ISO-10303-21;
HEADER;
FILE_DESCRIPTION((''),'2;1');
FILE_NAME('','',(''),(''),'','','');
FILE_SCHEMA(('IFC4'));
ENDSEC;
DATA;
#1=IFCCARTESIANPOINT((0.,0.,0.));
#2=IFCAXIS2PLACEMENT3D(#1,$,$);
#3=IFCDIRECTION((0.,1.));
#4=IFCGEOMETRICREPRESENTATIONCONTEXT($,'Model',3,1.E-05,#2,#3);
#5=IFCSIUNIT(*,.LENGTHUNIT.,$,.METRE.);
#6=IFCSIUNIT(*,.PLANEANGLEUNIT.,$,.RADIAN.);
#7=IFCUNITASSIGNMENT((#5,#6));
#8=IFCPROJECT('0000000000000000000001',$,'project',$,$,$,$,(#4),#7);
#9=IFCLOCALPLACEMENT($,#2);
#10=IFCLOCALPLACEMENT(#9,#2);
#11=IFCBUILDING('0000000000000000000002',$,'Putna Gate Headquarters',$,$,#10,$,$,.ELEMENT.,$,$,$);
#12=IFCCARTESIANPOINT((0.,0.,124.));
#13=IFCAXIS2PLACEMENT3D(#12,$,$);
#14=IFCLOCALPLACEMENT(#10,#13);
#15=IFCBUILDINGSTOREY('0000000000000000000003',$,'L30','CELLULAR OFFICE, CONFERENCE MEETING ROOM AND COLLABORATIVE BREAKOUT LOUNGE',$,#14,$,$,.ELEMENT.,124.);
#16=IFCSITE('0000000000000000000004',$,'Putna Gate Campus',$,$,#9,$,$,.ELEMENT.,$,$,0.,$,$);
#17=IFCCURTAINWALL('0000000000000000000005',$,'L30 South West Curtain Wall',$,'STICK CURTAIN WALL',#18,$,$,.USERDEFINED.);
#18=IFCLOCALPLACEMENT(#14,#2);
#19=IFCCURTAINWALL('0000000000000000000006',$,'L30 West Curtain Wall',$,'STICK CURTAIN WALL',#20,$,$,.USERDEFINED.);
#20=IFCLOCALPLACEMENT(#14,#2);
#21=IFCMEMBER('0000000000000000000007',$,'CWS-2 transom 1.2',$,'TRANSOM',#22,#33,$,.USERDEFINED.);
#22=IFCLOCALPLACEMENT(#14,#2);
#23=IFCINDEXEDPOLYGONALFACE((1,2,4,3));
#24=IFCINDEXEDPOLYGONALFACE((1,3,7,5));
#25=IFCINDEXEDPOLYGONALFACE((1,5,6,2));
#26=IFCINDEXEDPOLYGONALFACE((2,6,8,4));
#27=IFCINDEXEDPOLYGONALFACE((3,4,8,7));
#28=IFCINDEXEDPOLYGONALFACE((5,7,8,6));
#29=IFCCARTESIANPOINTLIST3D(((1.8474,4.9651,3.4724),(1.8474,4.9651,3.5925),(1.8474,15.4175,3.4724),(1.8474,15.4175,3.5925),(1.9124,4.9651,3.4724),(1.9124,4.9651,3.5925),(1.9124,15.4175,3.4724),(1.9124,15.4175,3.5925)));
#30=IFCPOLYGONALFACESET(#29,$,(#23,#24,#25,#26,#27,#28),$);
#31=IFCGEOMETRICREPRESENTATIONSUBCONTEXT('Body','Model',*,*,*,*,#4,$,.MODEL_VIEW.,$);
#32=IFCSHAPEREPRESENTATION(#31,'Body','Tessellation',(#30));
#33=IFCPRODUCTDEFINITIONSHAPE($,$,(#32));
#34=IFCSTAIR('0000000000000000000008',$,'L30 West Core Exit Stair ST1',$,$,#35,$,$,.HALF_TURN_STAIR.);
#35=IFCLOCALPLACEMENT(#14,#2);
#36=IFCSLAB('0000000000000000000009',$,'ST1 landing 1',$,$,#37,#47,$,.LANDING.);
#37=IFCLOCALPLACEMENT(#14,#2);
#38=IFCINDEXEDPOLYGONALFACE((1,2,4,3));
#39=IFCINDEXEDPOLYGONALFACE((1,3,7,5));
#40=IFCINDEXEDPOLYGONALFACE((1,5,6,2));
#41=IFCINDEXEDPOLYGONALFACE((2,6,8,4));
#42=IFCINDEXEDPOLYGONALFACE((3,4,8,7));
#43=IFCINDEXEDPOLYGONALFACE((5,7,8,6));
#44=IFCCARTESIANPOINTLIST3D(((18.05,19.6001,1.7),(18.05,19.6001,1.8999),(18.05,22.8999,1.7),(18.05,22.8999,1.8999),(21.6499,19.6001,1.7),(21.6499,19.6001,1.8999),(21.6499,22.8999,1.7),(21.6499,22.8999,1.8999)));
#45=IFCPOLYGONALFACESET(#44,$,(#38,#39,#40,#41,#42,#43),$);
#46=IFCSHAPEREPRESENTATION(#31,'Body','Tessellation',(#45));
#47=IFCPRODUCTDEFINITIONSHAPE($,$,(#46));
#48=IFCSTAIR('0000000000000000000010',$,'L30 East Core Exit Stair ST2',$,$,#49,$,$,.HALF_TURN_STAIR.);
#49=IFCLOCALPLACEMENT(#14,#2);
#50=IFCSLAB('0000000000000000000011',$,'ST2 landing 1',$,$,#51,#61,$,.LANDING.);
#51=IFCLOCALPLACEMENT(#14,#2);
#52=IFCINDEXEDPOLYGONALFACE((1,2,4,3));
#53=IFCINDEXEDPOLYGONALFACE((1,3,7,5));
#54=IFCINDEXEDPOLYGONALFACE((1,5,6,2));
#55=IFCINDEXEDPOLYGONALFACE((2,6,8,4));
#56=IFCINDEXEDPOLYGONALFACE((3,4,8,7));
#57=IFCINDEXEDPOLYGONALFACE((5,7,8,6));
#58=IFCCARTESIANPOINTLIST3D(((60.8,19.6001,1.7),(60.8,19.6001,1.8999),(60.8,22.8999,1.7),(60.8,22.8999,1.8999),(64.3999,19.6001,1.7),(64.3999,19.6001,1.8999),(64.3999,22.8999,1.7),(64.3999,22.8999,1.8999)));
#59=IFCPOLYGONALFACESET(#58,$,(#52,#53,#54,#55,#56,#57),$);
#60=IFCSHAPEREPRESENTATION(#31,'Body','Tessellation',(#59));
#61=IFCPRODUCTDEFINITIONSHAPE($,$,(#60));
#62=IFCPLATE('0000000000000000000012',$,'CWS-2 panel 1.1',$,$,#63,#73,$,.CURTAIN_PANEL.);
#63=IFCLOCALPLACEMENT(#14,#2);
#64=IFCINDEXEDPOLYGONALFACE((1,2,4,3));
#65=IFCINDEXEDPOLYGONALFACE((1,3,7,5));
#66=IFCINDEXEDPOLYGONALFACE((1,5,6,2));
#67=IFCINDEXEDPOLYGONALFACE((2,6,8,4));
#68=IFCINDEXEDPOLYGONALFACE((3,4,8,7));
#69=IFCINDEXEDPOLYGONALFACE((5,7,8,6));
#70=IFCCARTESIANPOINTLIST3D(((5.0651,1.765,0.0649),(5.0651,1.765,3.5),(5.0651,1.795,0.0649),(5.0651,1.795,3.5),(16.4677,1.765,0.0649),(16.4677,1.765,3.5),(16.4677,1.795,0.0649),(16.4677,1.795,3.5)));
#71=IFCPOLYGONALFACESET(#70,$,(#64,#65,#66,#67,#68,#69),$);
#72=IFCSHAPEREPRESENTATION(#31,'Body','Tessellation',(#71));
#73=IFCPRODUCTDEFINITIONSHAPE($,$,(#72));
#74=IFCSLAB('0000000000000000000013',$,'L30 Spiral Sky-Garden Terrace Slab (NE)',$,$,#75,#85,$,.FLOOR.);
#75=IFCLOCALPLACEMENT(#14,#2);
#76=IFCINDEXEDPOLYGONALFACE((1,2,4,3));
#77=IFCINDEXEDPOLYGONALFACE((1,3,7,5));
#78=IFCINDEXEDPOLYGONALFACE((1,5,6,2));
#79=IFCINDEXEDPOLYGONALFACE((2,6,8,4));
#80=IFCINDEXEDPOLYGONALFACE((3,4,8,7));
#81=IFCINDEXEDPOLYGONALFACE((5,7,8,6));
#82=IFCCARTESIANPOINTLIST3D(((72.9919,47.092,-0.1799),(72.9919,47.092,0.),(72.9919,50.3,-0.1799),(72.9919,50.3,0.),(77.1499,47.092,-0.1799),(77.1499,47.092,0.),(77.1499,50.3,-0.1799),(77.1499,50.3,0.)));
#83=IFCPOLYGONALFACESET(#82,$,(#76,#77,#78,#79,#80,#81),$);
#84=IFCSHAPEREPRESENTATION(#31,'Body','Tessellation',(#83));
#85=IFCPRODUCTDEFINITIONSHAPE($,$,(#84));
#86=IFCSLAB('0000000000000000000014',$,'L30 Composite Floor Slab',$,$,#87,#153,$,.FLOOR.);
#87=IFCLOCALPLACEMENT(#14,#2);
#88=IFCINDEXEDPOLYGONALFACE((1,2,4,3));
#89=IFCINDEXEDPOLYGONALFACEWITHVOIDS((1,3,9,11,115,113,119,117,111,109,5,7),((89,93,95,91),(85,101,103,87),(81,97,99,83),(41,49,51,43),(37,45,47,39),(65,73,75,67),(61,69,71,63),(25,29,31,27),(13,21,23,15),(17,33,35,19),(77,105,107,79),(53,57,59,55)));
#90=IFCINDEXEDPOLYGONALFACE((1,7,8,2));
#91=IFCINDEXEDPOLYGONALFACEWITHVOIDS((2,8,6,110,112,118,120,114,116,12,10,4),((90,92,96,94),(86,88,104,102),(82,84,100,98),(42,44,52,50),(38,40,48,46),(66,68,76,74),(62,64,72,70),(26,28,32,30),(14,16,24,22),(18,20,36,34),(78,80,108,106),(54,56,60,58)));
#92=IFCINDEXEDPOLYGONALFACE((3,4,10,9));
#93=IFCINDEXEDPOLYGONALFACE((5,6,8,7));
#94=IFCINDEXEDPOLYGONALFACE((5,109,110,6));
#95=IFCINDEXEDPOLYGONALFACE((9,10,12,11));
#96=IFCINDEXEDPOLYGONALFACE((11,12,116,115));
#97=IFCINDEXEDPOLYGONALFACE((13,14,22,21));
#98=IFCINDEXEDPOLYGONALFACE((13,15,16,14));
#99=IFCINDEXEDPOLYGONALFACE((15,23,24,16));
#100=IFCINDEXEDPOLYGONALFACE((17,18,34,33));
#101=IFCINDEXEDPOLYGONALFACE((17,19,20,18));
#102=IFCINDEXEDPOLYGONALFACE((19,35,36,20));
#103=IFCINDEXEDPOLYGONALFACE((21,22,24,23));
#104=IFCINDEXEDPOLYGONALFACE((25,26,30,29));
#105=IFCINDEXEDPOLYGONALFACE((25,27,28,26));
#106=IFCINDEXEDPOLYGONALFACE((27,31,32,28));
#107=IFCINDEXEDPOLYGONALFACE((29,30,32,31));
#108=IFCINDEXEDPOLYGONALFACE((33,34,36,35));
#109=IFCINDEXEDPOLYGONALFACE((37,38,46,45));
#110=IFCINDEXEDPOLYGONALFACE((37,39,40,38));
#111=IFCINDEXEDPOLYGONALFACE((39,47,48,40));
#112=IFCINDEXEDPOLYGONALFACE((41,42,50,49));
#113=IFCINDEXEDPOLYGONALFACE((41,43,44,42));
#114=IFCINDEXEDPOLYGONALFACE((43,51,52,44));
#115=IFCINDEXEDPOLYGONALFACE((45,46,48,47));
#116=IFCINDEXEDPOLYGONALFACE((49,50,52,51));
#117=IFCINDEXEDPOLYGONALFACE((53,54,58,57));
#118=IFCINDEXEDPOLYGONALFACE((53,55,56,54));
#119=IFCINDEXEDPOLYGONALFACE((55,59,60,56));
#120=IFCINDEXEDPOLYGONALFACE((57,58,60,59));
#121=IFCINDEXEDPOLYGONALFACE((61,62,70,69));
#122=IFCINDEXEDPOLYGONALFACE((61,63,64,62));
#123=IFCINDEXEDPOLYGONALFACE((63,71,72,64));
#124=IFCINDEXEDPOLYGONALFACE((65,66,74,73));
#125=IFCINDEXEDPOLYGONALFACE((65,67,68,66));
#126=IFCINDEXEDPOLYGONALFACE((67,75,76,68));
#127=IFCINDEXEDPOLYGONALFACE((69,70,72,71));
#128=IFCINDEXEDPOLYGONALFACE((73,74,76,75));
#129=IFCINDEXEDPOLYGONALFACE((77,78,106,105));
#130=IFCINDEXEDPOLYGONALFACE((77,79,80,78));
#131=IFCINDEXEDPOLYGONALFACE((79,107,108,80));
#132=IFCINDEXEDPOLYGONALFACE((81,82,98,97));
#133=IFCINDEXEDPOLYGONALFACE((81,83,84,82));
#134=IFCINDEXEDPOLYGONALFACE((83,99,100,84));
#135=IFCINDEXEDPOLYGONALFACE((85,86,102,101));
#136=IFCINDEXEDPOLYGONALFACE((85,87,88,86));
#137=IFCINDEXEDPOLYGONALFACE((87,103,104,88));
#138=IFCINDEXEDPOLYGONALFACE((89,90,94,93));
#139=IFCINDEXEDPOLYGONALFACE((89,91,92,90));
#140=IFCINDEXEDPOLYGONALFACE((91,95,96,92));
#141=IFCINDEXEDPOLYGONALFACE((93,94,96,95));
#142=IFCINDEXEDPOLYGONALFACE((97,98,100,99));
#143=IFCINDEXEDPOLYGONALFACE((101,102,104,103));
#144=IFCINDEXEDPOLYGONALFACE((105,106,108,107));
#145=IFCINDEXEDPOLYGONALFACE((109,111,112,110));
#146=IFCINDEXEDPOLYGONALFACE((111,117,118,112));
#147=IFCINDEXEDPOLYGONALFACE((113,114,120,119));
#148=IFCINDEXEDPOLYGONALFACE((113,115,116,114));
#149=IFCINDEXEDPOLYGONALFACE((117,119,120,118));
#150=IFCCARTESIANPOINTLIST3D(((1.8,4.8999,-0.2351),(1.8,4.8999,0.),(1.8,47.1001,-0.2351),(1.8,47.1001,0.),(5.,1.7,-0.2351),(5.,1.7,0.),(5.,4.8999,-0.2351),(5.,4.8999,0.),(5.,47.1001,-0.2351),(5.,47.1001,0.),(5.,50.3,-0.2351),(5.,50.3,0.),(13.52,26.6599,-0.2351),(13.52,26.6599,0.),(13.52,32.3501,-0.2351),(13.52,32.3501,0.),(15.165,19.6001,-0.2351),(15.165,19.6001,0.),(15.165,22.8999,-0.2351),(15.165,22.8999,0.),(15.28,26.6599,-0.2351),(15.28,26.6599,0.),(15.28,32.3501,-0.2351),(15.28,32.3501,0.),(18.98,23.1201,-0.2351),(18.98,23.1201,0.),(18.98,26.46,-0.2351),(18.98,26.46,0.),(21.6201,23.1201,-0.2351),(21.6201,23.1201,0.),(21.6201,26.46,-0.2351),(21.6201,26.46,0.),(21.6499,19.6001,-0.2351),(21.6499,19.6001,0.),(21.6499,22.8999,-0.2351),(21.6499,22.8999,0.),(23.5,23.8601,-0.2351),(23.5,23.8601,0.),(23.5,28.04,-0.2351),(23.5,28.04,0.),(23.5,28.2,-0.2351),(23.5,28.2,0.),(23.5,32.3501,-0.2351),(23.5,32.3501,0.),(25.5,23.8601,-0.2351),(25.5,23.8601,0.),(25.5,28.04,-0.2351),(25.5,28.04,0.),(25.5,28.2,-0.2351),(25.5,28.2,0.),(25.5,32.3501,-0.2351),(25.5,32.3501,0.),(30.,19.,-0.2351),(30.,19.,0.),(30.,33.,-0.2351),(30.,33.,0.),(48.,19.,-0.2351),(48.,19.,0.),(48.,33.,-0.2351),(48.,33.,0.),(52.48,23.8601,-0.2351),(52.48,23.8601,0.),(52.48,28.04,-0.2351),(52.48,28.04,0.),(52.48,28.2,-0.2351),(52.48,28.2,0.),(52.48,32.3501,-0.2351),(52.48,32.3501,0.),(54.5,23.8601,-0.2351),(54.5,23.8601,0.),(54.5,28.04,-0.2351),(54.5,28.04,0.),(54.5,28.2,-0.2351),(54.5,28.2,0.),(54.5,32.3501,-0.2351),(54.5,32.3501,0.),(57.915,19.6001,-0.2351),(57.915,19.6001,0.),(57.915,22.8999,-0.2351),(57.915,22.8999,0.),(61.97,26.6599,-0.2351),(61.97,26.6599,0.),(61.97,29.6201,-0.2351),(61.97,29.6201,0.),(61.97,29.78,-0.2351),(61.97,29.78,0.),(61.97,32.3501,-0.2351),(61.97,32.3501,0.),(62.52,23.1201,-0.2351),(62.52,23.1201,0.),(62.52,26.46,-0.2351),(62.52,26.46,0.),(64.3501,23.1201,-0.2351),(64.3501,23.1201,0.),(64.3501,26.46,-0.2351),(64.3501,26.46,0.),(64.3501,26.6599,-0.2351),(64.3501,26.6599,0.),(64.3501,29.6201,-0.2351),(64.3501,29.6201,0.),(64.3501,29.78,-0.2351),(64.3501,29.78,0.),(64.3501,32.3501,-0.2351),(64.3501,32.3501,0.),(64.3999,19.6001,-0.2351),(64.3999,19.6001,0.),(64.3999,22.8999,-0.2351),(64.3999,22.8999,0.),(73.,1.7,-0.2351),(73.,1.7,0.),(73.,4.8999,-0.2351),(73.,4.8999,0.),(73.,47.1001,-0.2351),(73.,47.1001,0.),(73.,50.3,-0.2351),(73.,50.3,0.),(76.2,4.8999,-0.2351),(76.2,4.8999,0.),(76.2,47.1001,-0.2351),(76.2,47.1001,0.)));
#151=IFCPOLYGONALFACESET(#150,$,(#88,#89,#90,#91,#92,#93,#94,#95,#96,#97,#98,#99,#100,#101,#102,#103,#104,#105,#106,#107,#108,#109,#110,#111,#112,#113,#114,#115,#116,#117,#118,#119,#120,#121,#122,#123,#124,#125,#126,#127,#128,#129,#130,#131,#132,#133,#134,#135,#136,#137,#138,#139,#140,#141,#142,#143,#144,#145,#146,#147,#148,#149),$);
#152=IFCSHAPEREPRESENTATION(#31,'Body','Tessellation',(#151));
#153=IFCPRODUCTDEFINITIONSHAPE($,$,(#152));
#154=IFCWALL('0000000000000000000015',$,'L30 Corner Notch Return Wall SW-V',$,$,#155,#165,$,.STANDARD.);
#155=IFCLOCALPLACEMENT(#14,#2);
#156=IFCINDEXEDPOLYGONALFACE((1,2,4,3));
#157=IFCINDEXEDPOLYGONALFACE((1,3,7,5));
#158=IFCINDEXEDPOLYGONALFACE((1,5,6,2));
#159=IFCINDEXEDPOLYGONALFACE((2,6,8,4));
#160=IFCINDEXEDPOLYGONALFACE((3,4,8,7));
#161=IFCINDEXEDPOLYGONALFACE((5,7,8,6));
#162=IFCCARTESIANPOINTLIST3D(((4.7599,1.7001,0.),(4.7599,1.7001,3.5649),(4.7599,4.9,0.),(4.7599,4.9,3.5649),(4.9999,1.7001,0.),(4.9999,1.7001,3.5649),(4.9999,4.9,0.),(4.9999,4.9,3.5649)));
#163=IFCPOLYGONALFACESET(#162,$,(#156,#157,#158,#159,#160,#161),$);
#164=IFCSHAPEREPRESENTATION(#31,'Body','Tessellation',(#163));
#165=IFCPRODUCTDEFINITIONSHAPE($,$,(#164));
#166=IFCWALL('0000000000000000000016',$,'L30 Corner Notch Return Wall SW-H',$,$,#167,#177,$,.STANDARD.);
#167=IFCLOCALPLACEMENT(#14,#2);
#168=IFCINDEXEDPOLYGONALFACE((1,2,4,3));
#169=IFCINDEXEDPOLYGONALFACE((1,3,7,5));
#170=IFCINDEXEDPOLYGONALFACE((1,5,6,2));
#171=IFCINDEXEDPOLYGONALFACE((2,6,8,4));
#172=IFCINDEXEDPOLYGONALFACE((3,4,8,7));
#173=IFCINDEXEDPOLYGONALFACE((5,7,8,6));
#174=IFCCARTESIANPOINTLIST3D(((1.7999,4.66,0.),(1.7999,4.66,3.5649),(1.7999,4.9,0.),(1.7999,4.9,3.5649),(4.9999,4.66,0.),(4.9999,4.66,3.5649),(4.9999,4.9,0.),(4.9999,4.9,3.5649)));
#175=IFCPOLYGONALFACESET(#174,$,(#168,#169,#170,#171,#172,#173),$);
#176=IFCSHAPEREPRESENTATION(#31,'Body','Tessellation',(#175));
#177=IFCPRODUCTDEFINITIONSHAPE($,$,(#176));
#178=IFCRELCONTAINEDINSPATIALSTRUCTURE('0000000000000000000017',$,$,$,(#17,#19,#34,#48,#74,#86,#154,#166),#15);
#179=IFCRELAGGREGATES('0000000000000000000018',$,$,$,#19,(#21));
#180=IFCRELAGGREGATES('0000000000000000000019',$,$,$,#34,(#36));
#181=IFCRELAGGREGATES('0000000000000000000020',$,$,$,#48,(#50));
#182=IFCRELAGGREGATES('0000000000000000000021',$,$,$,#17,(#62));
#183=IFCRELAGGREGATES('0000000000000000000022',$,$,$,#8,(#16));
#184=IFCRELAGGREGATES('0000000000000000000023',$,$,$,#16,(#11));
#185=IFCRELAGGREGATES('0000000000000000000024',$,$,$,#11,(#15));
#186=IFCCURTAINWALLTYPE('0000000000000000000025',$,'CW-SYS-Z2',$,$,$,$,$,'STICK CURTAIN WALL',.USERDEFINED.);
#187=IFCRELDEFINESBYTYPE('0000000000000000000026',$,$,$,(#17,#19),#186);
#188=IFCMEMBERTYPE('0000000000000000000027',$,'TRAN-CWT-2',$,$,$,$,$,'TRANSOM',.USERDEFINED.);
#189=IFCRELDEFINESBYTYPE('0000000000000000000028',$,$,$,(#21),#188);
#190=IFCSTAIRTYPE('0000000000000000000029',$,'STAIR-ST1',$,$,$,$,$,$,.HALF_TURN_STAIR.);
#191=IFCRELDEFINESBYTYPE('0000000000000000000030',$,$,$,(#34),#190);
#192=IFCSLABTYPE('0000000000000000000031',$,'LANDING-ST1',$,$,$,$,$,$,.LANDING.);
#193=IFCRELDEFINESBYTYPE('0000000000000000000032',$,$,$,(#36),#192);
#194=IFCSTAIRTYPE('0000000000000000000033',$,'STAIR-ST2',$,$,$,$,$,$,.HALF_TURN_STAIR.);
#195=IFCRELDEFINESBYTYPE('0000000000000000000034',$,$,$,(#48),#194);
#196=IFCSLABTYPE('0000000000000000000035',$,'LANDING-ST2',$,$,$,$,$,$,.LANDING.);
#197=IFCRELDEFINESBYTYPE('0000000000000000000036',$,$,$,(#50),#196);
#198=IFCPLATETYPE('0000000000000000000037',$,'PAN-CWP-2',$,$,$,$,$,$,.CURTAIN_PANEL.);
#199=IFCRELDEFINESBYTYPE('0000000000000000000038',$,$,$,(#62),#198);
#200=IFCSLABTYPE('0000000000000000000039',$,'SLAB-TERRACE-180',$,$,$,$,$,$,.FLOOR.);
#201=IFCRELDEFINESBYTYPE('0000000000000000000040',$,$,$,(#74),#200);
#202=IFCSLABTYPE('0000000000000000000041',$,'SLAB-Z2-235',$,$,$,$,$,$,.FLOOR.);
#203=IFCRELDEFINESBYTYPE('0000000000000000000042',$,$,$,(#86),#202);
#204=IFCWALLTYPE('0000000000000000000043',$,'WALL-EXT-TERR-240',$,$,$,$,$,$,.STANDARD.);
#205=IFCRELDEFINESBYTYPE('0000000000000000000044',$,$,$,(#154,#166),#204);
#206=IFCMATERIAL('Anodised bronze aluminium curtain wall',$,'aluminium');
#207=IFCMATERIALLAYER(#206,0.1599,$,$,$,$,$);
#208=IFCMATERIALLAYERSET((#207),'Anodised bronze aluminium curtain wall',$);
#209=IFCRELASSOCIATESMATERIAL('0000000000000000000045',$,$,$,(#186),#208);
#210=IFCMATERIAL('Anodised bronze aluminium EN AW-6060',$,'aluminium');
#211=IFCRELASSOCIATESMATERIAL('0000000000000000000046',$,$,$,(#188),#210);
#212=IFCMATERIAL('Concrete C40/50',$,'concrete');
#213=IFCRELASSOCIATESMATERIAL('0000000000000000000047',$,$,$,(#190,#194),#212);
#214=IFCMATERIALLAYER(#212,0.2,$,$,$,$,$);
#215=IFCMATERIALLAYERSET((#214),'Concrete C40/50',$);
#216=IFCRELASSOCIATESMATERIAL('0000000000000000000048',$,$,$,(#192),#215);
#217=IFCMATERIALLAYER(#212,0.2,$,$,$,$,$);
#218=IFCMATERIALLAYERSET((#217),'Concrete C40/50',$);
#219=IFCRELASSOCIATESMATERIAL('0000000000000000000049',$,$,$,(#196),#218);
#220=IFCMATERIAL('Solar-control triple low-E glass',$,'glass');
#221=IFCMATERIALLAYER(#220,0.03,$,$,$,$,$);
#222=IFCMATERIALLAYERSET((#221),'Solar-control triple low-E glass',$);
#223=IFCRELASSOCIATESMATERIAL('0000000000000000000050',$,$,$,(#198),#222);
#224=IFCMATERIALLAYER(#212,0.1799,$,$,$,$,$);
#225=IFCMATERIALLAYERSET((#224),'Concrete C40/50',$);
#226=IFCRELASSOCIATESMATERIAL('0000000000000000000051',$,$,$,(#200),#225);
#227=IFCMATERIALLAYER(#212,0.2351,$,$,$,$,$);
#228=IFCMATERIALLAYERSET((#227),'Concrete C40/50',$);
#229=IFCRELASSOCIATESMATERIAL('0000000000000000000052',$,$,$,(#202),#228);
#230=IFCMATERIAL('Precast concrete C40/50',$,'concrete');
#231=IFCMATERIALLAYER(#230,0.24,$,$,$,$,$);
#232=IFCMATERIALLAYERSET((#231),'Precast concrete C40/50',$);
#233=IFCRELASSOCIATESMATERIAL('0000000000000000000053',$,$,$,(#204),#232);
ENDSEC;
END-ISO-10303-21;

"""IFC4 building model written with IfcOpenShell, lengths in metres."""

from ifc_helpers import new_model, si_unit, direction, frame, frame_2d, origin, origin_2d, place, context, subcontext, project, spatial, polyline, rectangle, outline, extrude, material, layer, layer_set, material_profile, profile_set, type_object, element, aggregate, save


model = new_model("IFC4")

# Units and contexts
model_context = context("Model", 3, precision=1e-05, world=origin(), true_north=direction((0.0, 1.0)))
body_context = subcontext(model_context, "Body", "Model", "MODEL_VIEW")
ifc_project = project(units=[si_unit("LENGTHUNIT", "METRE"), si_unit("PLANEANGLEUNIT", "RADIAN")], contexts=[model_context])

# Site, building, storey
site_placement = place(None, origin())
site = spatial("IfcSite", under=ifc_project, at=site_placement, Name="Putna Gate Campus", CompositionType="ELEMENT", RefElevation=0.0)
building_placement = place(site_placement, origin())
building = spatial("IfcBuilding", under=site, at=building_placement, Name="Putna Gate Headquarters", CompositionType="ELEMENT")
storey_placement = place(building_placement, frame((0.0, 0.0, 124.0)))
storey = spatial("IfcBuildingStorey", under=building, at=storey_placement, Name="L30", Description="CELLULAR OFFICE, CONFERENCE MEETING ROOM AND COLLABORATIVE BREAKOUT LOUNGE", CompositionType="ELEMENT", Elevation=124.0)

# Curtain walls
ifc_material_1 = material(Name="Anodised bronze aluminium curtain wall", Category="aluminium")
ifc_layer_1 = layer(ifc_material_1, 0.1599)
ifc_layer_set_1 = layer_set([ifc_layer_1], Name="Anodised bronze aluminium curtain wall")
curtain_wall_type = type_object("IfcCurtainWallType", Name="CW-SYS-Z2", ElementType="STICK CURTAIN WALL", PredefinedType="USERDEFINED", material=ifc_layer_set_1)
curtain_wall_1_placement = place(storey_placement, origin())
curtain_wall_1 = element("IfcCurtainWall", 1, at=curtain_wall_1_placement, inside=storey, type_object=curtain_wall_type, Name="L30 South West Curtain Wall", ObjectType="STICK CURTAIN WALL", PredefinedType="USERDEFINED")
ifc_material_2 = material(Name="Anodised bronze aluminium EN AW-6060", Category="aluminium")
curtain_wall_2_placement = place(storey_placement, origin())
curtain_wall_2 = element("IfcCurtainWall", 2, at=curtain_wall_2_placement, inside=storey, type_object=curtain_wall_type, Name="L30 West Curtain Wall", ObjectType="STICK CURTAIN WALL", PredefinedType="USERDEFINED")

# Member
ifc_material_profile_1 = material_profile(ifc_material_2, rectangle(XDim=0.0649, YDim=0.1201, at=origin_2d()), Name="Anodised bronze aluminium EN AW-6060")
ifc_profile_set_1 = profile_set([ifc_material_profile_1], Name="Anodised bronze aluminium EN AW-6060")
member_type_1 = type_object("IfcMemberType", Name="TRAN-CWT-2", ElementType="TRANSOM", PredefinedType="USERDEFINED", material=ifc_profile_set_1)
member_1_placement = place(storey_placement, frame((1.8799, 4.9651, 3.5325), z_axis=(0.0, 1.0, 0.0), x_axis=(-1.0, 0.0, 0.0)))
member_1 = element("IfcMember", 3, at=member_1_placement, type_object=member_type_1, Name="CWS-2 transom 1.2", ObjectType="TRANSOM", PredefinedType="USERDEFINED", context=body_context, shape_type="SweptSolid", body=[
    extrude(rectangle(XDim=0.0649, YDim=0.1201, at=origin_2d()), origin(), (0.0, 0.0, 1.0), 10.4524),
])
aggregate(curtain_wall_2, [member_1])

# Stairs, slabs
ifc_material_3 = material(Name="Concrete C40/50", Category="concrete")
stair_type_1 = type_object("IfcStairType", Name="STAIR-ST1", PredefinedType="HALF_TURN_STAIR", material=ifc_material_3)
stair_1_placement = place(storey_placement, origin())
stair_1 = element("IfcStair", 4, at=stair_1_placement, inside=storey, type_object=stair_type_1, Name="L30 West Core Exit Stair ST1", PredefinedType="HALF_TURN_STAIR")
ifc_layer_2 = layer(ifc_material_3, 0.2)
ifc_layer_set_2 = layer_set([ifc_layer_2], Name="Concrete C40/50")
slab_type_1 = type_object("IfcSlabType", Name="LANDING-ST1", PredefinedType="LANDING", material=ifc_layer_set_2)
slab_1_placement = place(storey_placement, frame((0.0, 0.0, 1.7)))
slab_1 = element("IfcSlab", 5, at=slab_1_placement, type_object=slab_type_1, Name="ST1 landing 1", PredefinedType="LANDING", context=body_context, shape_type="SweptSolid", body=[
    extrude(outline(polyline([(18.05, 19.6001), (21.6499, 19.6001), (21.6499, 22.8999), (18.05, 22.8999), (18.05, 19.6001)])), origin(), (0.0, 0.0, 1.0), 0.2),
])
aggregate(stair_1, [slab_1])
stair_type_2 = type_object("IfcStairType", Name="STAIR-ST2", PredefinedType="HALF_TURN_STAIR", material=ifc_material_3)
stair_2_placement = place(storey_placement, origin())
stair_2 = element("IfcStair", 6, at=stair_2_placement, inside=storey, type_object=stair_type_2, Name="L30 East Core Exit Stair ST2", PredefinedType="HALF_TURN_STAIR")
ifc_layer_3 = layer(ifc_material_3, 0.2)
ifc_layer_set_3 = layer_set([ifc_layer_3], Name="Concrete C40/50")
slab_type_2 = type_object("IfcSlabType", Name="LANDING-ST2", PredefinedType="LANDING", material=ifc_layer_set_3)
slab_2_placement = place(storey_placement, frame((0.0, 0.0, 1.7)))
slab_2 = element("IfcSlab", 7, at=slab_2_placement, type_object=slab_type_2, Name="ST2 landing 1", PredefinedType="LANDING", context=body_context, shape_type="SweptSolid", body=[
    extrude(outline(polyline([(60.8, 19.6001), (64.3999, 19.6001), (64.3999, 22.8999), (60.8, 22.8999), (60.8, 19.6001)])), origin(), (0.0, 0.0, 1.0), 0.2),
])
aggregate(stair_2, [slab_2])

# Plate
ifc_material_4 = material(Name="Solar-control triple low-E glass", Category="glass")
ifc_layer_4 = layer(ifc_material_4, 0.03)
ifc_layer_set_4 = layer_set([ifc_layer_4], Name="Solar-control triple low-E glass")
plate_type = type_object("IfcPlateType", Name="PAN-CWP-2", PredefinedType="CURTAIN_PANEL", material=ifc_layer_set_4)
plate_placement = place(storey_placement, frame((10.7664, 1.78, 0.0649), z_axis=(0.0, 0.0, 1.0), x_axis=(1.0, 0.0, 0.0)))
plate = element("IfcPlate", 8, at=plate_placement, type_object=plate_type, Name="CWS-2 panel 1.1", PredefinedType="CURTAIN_PANEL", context=body_context, shape_type="SweptSolid", body=[
    extrude(rectangle(XDim=11.4026, YDim=0.03, at=origin_2d()), origin(), (0.0, 0.0, 1.0), 3.4351),
])
aggregate(curtain_wall_1, [plate])

# Slabs
ifc_layer_5 = layer(ifc_material_3, 0.1799)
ifc_layer_set_5 = layer_set([ifc_layer_5], Name="Concrete C40/50")
slab_type_3 = type_object("IfcSlabType", Name="SLAB-TERRACE-180", PredefinedType="FLOOR", material=ifc_layer_set_5)
slab_3_placement = place(storey_placement, frame((0.0, 0.0, -0.1799)))
element("IfcSlab", 9, at=slab_3_placement, inside=storey, type_object=slab_type_3, Name="L30 Spiral Sky-Garden Terrace Slab (NE)", PredefinedType="FLOOR", context=body_context, shape_type="SweptSolid", body=[
    extrude(outline(polyline([(72.9919, 47.092), (77.1499, 47.092), (77.1499, 50.3), (72.9919, 50.3), (72.9919, 47.092)])), origin(), (0.0, 0.0, 1.0), 0.1799),
])
ifc_layer_6 = layer(ifc_material_3, 0.2351)
ifc_layer_set_6 = layer_set([ifc_layer_6], Name="Concrete C40/50")
slab_type_4 = type_object("IfcSlabType", Name="SLAB-Z2-235", PredefinedType="FLOOR", material=ifc_layer_set_6)
slab_4_placement = place(storey_placement, frame((0.0, 0.0, -0.2351)))
element("IfcSlab", 10, at=slab_4_placement, inside=storey, type_object=slab_type_4, Name="L30 Composite Floor Slab", PredefinedType="FLOOR", context=body_context, shape_type="SweptSolid", body=[
    extrude(outline(polyline([(5.0, 1.7), (73.0, 1.7), (73.0, 4.8999), (76.2, 4.8999), (76.2, 47.1001), (73.0, 47.1001), (73.0, 50.3), (5.0, 50.3), (5.0, 47.1001), (1.8, 47.1001), (1.8, 4.8999), (5.0, 4.8999), (5.0, 1.7)]), holes=[polyline([(15.165, 19.6001), (21.6499, 19.6001), (21.6499, 22.8999), (15.165, 22.8999), (15.165, 19.6001)]), polyline([(57.915, 19.6001), (64.3999, 19.6001), (64.3999, 22.8999), (57.915, 22.8999), (57.915, 19.6001)]), polyline([(13.52, 26.6599), (15.28, 26.6599), (15.28, 32.3501), (13.52, 32.3501), (13.52, 26.6599)]), polyline([(61.97, 29.78), (64.3501, 29.78), (64.3501, 32.3501), (61.97, 32.3501), (61.97, 29.78)]), polyline([(18.98, 23.1201), (21.6201, 23.1201), (21.6201, 26.46), (18.98, 26.46), (18.98, 23.1201)]), polyline([(62.52, 23.1201), (64.3501, 23.1201), (64.3501, 26.46), (62.52, 26.46), (62.52, 23.1201)]), polyline([(61.97, 26.6599), (64.3501, 26.6599), (64.3501, 29.6201), (61.97, 29.6201), (61.97, 26.6599)]), polyline([(23.5, 23.8601), (25.5, 23.8601), (25.5, 28.04), (23.5, 28.04), (23.5, 23.8601)]), polyline([(52.48, 23.8601), (54.5, 23.8601), (54.5, 28.04), (52.48, 28.04), (52.48, 23.8601)]), polyline([(23.5, 28.2), (25.5, 28.2), (25.5, 32.3501), (23.5, 32.3501), (23.5, 28.2)]), polyline([(52.48, 28.2), (54.5, 28.2), (54.5, 32.3501), (52.48, 32.3501), (52.48, 28.2)]), polyline([(30.0, 19.0), (48.0, 19.0), (48.0, 33.0), (30.0, 33.0), (30.0, 19.0)])]), origin(), (0.0, 0.0, 1.0), 0.2351),
])

# Walls
ifc_material_5 = material(Name="Precast concrete C40/50", Category="concrete")
ifc_layer_7 = layer(ifc_material_5, 0.24)
ifc_layer_set_7 = layer_set([ifc_layer_7], Name="Precast concrete C40/50")
wall_type_1 = type_object("IfcWallType", Name="WALL-EXT-TERR-240", PredefinedType="STANDARD", material=ifc_layer_set_7)
for number, where, z_axis, x_axis, name in (
    (11, (4.8799, 1.7, 0.0), (0.0, 0.0, 1.0), (0.0, 1.0, 0.0), "L30 Corner Notch Return Wall SW-V"),
    (12, (5.0, 4.78, 0.0), (0.0, 0.0, 1.0), (-1.0, 0.0, 0.0), "L30 Corner Notch Return Wall SW-H"),
):
    element("IfcWall", number, at=place(storey_placement, frame(where, z_axis=z_axis, x_axis=x_axis)), inside=storey, type_object=wall_type_1, Name=name, PredefinedType="STANDARD", context=body_context, shape_type="SweptSolid", body=[
        extrude(rectangle(XDim=3.2, YDim=0.24, at=frame_2d((1.6001, 0.0))), origin(), (0.0, 0.0, 1.0), 3.5649),
    ])

save(model, "model.ifc")
